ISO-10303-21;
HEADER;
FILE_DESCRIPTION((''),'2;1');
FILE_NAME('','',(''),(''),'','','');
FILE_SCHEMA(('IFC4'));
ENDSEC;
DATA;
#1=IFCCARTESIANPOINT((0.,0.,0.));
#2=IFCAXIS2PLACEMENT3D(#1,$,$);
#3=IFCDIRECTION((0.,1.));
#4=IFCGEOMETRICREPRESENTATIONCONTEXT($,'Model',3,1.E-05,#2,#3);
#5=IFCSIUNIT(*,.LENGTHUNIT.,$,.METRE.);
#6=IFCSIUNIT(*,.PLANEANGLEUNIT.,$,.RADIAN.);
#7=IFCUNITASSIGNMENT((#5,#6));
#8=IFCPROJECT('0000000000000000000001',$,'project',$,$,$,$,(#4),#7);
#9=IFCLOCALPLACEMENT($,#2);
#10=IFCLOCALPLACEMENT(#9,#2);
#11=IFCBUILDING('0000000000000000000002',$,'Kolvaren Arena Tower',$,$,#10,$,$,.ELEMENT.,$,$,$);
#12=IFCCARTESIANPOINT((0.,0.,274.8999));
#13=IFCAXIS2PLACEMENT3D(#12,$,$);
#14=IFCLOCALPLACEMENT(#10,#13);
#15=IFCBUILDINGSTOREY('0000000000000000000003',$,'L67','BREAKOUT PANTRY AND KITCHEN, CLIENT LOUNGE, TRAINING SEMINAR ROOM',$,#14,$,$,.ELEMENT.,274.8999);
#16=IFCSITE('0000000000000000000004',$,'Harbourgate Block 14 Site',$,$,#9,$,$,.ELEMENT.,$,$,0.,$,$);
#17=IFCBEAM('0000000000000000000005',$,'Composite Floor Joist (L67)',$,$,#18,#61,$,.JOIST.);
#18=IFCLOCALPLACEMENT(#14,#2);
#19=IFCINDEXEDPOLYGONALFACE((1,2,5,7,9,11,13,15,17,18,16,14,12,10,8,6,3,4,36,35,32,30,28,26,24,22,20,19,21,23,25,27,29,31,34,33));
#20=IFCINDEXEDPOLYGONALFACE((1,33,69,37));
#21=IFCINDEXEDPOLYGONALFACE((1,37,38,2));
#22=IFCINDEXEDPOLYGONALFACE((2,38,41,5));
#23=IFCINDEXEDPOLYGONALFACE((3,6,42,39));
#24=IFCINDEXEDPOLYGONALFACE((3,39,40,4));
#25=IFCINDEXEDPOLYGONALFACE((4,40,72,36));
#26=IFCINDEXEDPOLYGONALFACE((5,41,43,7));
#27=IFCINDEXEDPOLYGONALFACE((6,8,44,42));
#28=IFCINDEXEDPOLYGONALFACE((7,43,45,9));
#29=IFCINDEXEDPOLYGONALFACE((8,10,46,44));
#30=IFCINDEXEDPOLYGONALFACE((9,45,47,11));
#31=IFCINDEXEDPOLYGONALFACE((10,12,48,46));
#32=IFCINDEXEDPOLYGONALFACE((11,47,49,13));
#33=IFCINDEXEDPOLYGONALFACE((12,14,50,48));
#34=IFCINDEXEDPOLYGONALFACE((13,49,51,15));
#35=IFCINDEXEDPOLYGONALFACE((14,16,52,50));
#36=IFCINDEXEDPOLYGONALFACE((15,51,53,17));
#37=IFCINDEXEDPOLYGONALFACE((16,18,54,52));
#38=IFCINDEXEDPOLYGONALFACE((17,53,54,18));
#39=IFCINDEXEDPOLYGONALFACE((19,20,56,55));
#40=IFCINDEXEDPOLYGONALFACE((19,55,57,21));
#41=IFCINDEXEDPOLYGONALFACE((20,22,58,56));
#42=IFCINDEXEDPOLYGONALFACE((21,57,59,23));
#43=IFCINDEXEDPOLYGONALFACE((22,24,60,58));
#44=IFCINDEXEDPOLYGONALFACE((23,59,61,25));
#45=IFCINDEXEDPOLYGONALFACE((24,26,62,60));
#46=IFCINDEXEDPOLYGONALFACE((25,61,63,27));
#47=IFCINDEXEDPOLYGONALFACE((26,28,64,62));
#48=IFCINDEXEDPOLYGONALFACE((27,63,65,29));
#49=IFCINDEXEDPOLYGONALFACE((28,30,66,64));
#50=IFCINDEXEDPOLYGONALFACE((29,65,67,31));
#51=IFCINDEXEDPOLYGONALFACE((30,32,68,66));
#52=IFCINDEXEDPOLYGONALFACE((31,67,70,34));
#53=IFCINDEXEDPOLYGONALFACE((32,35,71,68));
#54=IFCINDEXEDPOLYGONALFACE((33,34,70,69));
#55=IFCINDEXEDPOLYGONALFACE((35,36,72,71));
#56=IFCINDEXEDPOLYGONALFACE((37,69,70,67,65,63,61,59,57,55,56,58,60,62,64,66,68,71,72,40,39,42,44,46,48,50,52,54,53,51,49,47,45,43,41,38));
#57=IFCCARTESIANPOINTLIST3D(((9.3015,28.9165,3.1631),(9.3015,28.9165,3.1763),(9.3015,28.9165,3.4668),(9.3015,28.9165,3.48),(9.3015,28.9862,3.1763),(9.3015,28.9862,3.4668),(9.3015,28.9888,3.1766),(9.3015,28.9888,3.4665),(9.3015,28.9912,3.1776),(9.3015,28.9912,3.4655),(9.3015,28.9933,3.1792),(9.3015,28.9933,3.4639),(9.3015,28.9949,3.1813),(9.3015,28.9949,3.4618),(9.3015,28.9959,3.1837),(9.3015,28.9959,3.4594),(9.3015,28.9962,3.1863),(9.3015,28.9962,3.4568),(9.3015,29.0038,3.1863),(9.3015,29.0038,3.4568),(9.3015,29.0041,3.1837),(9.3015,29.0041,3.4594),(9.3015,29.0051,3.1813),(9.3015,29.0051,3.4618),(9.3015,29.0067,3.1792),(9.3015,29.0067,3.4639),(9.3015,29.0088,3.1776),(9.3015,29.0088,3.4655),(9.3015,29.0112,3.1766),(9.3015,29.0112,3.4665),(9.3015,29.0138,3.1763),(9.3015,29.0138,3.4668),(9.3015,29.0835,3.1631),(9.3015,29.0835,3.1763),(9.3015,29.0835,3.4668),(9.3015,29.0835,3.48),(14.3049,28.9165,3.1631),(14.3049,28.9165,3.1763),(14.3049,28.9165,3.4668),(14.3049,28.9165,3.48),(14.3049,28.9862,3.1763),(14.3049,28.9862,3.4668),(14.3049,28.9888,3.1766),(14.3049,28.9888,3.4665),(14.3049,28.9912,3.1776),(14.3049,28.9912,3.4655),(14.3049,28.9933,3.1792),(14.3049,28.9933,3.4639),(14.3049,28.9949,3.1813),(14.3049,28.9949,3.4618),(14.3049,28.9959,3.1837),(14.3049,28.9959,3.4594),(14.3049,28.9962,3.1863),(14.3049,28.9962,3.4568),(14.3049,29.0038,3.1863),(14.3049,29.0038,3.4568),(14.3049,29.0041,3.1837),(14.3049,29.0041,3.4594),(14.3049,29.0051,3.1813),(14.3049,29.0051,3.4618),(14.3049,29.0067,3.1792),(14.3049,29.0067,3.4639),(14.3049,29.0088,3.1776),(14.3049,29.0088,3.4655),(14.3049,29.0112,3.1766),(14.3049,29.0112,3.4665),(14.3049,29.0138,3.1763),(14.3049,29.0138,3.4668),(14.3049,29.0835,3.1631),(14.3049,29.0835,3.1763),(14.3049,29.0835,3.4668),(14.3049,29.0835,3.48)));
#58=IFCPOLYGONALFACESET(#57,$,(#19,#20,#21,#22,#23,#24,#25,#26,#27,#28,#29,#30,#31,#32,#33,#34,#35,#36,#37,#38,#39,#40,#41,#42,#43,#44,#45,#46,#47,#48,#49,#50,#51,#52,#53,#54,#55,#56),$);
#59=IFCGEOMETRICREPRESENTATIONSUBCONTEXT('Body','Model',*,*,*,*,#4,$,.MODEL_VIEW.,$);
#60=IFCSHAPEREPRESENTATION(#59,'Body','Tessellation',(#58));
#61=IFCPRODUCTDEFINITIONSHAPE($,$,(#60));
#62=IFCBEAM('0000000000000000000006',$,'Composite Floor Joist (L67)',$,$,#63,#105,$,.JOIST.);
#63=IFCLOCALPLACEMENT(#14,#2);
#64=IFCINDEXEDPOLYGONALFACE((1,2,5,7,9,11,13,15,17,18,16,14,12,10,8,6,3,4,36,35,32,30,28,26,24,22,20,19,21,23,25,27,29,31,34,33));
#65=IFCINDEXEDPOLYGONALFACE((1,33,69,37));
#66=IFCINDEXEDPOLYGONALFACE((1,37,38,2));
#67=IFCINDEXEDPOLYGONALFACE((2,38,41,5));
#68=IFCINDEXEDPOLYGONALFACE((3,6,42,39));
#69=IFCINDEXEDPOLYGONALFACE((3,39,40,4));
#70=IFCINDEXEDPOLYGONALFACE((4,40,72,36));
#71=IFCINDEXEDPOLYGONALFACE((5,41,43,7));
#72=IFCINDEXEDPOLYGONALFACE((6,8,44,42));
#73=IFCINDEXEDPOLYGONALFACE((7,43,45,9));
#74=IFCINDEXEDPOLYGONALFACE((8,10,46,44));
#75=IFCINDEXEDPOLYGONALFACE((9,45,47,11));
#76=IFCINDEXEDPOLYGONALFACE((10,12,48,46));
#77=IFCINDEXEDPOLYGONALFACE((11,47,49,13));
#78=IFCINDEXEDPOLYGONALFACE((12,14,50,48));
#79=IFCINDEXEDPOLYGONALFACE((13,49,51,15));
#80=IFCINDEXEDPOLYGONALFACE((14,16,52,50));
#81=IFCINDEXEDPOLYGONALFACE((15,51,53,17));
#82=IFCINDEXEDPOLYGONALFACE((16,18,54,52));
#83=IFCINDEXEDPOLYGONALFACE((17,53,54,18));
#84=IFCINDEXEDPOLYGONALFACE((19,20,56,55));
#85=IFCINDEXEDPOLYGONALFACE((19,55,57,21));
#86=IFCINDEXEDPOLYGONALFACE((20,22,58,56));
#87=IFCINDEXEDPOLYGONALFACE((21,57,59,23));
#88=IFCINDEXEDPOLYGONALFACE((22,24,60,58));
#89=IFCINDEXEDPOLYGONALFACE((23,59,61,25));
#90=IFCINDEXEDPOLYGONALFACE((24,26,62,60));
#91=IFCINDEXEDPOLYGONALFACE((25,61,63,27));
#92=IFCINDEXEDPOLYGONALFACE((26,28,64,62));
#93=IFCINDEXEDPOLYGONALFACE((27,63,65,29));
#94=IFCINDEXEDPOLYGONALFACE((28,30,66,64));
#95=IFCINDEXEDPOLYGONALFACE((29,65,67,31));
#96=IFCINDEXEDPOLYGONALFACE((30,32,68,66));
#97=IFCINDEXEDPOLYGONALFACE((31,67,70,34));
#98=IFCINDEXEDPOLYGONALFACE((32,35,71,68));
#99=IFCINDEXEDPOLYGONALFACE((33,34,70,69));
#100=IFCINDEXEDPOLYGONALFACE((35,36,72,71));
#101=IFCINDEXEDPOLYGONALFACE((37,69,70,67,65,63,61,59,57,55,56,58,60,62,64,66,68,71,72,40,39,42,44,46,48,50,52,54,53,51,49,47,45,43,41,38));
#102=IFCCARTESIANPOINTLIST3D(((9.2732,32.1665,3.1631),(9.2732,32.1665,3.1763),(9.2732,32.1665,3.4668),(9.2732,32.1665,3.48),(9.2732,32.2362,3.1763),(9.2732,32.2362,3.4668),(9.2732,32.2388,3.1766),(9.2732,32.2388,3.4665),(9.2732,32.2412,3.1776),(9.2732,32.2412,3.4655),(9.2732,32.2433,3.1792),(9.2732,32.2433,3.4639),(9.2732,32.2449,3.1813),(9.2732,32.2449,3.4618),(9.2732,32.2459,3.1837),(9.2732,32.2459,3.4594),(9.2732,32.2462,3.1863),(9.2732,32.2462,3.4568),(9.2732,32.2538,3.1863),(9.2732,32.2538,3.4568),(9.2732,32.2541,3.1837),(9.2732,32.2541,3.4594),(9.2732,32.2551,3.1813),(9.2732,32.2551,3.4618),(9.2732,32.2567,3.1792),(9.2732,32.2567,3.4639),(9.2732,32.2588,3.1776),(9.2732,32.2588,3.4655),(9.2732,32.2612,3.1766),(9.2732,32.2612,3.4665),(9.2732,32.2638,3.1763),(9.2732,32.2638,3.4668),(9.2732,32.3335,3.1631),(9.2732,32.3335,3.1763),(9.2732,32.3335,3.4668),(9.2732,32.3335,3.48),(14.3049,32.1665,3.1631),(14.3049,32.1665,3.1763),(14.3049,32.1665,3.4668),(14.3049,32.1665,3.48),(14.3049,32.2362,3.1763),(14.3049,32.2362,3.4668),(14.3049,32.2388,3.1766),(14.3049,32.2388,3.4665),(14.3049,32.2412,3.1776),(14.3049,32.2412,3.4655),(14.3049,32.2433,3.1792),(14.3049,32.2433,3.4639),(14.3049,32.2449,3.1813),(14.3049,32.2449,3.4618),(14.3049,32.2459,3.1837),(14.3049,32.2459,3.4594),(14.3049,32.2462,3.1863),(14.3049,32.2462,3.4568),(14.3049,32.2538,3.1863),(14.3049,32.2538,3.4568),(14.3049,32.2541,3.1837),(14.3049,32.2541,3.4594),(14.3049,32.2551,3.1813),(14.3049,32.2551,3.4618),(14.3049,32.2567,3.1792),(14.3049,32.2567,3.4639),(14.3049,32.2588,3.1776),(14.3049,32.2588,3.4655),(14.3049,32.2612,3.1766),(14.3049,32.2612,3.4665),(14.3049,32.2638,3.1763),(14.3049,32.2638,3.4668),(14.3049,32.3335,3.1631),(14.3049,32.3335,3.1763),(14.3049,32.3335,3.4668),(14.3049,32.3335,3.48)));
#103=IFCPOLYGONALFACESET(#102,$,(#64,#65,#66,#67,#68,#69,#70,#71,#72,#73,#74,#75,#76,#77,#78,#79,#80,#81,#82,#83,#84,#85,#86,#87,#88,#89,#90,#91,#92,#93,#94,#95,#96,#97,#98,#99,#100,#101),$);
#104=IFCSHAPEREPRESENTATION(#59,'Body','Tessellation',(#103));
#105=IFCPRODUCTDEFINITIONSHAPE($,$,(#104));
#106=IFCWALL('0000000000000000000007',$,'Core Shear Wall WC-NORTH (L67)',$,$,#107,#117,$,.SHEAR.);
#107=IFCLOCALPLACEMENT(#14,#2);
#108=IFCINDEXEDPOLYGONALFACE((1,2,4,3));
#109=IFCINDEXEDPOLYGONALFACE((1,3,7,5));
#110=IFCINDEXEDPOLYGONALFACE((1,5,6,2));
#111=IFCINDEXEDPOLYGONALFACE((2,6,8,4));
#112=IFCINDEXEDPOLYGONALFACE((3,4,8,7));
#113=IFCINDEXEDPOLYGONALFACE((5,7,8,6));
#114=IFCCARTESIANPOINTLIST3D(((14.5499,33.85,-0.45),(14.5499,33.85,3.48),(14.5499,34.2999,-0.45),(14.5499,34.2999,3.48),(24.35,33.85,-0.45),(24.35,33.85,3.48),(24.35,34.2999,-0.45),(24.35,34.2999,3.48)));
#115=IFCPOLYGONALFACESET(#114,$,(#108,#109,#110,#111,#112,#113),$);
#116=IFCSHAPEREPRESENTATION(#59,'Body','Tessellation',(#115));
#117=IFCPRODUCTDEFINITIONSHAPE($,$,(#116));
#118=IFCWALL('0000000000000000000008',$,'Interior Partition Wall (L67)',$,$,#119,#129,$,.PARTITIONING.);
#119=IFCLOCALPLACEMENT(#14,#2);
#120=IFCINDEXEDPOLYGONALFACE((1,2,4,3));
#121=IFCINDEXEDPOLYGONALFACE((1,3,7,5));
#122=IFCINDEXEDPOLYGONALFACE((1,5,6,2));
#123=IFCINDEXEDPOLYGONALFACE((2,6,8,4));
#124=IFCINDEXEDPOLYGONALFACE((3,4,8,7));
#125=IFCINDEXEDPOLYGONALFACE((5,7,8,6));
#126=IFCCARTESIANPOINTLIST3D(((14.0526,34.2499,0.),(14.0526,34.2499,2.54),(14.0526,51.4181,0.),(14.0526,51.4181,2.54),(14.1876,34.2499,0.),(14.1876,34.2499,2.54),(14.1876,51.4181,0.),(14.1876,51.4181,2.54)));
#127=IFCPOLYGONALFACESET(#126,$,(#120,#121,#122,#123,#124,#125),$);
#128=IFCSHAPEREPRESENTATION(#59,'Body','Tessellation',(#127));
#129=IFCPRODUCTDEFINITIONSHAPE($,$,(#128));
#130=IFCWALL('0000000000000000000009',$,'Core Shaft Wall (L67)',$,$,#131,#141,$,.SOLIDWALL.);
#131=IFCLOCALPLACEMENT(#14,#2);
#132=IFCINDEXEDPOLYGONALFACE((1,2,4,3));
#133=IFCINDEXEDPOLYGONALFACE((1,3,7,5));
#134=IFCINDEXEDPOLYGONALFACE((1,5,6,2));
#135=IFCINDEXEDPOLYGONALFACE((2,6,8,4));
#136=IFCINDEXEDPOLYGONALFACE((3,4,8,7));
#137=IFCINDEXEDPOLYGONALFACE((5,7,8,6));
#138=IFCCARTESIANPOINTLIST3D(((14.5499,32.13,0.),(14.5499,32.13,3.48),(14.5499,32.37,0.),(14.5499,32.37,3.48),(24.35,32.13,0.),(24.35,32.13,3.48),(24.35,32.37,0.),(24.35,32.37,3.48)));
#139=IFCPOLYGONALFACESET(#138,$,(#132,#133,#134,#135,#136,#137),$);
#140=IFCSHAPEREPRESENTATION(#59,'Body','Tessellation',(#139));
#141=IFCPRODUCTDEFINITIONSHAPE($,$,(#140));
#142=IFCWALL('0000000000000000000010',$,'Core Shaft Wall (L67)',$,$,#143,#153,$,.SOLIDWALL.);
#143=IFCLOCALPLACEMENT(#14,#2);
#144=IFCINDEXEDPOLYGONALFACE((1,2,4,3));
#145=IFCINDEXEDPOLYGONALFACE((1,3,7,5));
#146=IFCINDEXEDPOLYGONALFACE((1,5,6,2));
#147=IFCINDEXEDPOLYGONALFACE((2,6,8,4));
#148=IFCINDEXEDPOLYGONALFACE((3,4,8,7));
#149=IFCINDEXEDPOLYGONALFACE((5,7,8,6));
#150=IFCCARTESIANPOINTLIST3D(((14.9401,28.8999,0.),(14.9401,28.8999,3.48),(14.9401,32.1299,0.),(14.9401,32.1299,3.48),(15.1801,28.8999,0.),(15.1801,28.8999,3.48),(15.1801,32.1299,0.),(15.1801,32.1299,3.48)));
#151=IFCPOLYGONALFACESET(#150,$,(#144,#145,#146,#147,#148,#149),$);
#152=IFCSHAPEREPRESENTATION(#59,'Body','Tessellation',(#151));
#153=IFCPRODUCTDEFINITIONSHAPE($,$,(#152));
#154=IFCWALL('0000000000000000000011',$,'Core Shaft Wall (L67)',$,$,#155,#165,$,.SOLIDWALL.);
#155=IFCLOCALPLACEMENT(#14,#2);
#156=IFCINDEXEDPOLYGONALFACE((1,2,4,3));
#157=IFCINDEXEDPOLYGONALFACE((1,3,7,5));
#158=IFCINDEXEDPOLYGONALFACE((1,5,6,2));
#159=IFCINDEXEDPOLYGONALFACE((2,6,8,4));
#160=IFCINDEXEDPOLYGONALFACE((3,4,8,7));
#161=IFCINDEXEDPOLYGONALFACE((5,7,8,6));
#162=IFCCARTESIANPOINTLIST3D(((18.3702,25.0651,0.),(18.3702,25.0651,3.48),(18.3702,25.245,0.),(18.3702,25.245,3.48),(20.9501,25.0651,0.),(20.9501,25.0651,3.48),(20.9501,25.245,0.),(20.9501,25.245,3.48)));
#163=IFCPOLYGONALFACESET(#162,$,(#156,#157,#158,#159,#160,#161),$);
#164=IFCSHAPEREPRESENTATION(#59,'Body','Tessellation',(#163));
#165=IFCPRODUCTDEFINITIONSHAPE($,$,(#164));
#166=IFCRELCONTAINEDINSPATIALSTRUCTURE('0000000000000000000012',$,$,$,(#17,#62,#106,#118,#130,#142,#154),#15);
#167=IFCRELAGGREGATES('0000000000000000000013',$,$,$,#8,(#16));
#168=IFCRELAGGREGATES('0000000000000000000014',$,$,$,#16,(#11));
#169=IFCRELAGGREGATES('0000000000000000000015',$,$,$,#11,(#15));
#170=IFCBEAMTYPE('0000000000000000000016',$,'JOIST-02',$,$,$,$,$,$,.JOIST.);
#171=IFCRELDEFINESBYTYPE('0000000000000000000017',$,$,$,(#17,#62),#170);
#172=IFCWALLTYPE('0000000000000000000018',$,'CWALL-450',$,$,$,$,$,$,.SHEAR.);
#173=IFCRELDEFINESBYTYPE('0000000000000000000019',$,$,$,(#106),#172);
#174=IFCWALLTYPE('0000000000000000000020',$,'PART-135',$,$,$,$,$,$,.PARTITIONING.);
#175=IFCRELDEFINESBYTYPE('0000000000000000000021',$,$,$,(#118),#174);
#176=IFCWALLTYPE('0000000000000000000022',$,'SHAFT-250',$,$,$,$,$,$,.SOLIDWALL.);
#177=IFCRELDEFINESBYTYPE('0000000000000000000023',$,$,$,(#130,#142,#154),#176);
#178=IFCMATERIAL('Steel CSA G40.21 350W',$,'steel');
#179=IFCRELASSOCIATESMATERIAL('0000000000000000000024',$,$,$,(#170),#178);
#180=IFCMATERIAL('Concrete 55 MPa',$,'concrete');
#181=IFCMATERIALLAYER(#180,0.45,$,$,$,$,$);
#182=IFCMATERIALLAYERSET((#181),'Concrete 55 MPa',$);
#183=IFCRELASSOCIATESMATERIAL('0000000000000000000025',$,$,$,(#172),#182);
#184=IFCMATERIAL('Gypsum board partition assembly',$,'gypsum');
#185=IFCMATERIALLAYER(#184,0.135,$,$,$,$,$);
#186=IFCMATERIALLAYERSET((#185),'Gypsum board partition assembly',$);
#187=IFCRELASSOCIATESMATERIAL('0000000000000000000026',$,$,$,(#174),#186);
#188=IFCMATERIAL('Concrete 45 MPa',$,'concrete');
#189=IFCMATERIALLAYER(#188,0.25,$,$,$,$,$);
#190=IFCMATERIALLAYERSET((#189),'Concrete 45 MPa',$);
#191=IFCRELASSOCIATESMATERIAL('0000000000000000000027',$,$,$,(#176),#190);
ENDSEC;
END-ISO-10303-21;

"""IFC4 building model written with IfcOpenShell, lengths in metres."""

from ifc_helpers import new_model, si_unit, direction, frame, frame_2d, origin, origin_2d, place, context, subcontext, project, spatial, rectangle, i_section, extrude, material, layer, layer_set, material_profile, profile_set, type_object, element, save


model = new_model("IFC4")

# Units and contexts
model_context = context("Model", 3, precision=1e-05, world=origin(), true_north=direction((0.0, 1.0)))
body_context = subcontext(model_context, "Body", "Model", "MODEL_VIEW")
ifc_project = project(units=[si_unit("LENGTHUNIT", "METRE"), si_unit("PLANEANGLEUNIT", "RADIAN")], contexts=[model_context])

# Site, building, storey
site_placement = place(None, origin())
site = spatial("IfcSite", under=ifc_project, at=site_placement, Name="Harbourgate Block 14 Site", CompositionType="ELEMENT", RefElevation=0.0)
building_placement = place(site_placement, origin())
building = spatial("IfcBuilding", under=site, at=building_placement, Name="Kolvaren Arena Tower", CompositionType="ELEMENT")
storey_placement = place(building_placement, frame((0.0, 0.0, 274.8999)))
storey = spatial("IfcBuildingStorey", under=building, at=storey_placement, Name="L67", Description="BREAKOUT PANTRY AND KITCHEN, CLIENT LOUNGE, TRAINING SEMINAR ROOM", CompositionType="ELEMENT", Elevation=274.8999)

# Beams
ifc_material_1 = material(Name="Steel CSA G40.21 350W", Category="steel")
ifc_material_profile_1 = material_profile(ifc_material_1, i_section(OverallWidth=0.167, OverallDepth=0.3169, WebThickness=0.0076, FlangeThickness=0.0132, FilletRadius=0.01, at=origin_2d()), Name="W310x52")
ifc_profile_set_1 = profile_set([ifc_material_profile_1], Name="Steel CSA G40.21 350W")
beam_type_1 = type_object("IfcBeamType", Name="JOIST-02", PredefinedType="JOIST", material=ifc_profile_set_1)
beam_1_placement = place(storey_placement, frame((9.3015, 29.0, 3.3215), z_axis=(1.0, 0.0, 0.0), x_axis=(0.0, 1.0, 0.0)))
element("IfcBeam", 1, at=beam_1_placement, inside=storey, type_object=beam_type_1, Name="Composite Floor Joist (L67)", PredefinedType="JOIST", context=body_context, shape_type="SweptSolid", body=[
    extrude(i_section(OverallWidth=0.167, OverallDepth=0.3169, WebThickness=0.0076, FlangeThickness=0.0132, FilletRadius=0.01, at=origin_2d()), origin(), (0.0, 0.0, 1.0), 5.0034),
])
beam_2_placement = place(storey_placement, frame((9.2732, 32.25, 3.3215), z_axis=(1.0, 0.0, 0.0), x_axis=(0.0, 1.0, 0.0)))
element("IfcBeam", 2, at=beam_2_placement, inside=storey, type_object=beam_type_1, Name="Composite Floor Joist (L67)", PredefinedType="JOIST", context=body_context, shape_type="SweptSolid", body=[
    extrude(i_section(OverallWidth=0.167, OverallDepth=0.3169, WebThickness=0.0076, FlangeThickness=0.0132, FilletRadius=0.01, at=origin_2d()), origin(), (0.0, 0.0, 1.0), 5.0317),
])

# Walls
ifc_material_2 = material(Name="Concrete 55 MPa", Category="concrete")
ifc_layer_1 = layer(ifc_material_2, 0.45)
ifc_layer_set_1 = layer_set([ifc_layer_1], Name="Concrete 55 MPa")
wall_type_1 = type_object("IfcWallType", Name="CWALL-450", PredefinedType="SHEAR", material=ifc_layer_set_1)
wall_1_placement = place(storey_placement, frame((14.55, 34.075, -0.45), z_axis=(0.0, 0.0, 1.0), x_axis=(1.0, 0.0, 0.0)))
element("IfcWall", 3, at=wall_1_placement, inside=storey, type_object=wall_type_1, Name="Core Shear Wall WC-NORTH (L67)", PredefinedType="SHEAR", context=body_context, shape_type="SweptSolid", body=[
    extrude(rectangle(XDim=9.8, YDim=0.45, at=frame_2d((4.8999, 0.0))), origin(), (0.0, 0.0, 1.0), 3.9299),
])
ifc_material_3 = material(Name="Gypsum board partition assembly", Category="gypsum")
ifc_layer_2 = layer(ifc_material_3, 0.135)
ifc_layer_set_2 = layer_set([ifc_layer_2], Name="Gypsum board partition assembly")
wall_type_2 = type_object("IfcWallType", Name="PART-135", PredefinedType="PARTITIONING", material=ifc_layer_set_2)
wall_2_placement = place(storey_placement, frame((14.1201, 34.25, 0.0), z_axis=(0.0, 0.0, 1.0), x_axis=(0.0, 1.0, 0.0)))
element("IfcWall", 4, at=wall_2_placement, inside=storey, type_object=wall_type_2, Name="Interior Partition Wall (L67)", PredefinedType="PARTITIONING", context=body_context, shape_type="SweptSolid", body=[
    extrude(rectangle(XDim=17.1682, YDim=0.135, at=frame_2d((8.584, 0.0))), origin(), (0.0, 0.0, 1.0), 2.54),
])
ifc_material_4 = material(Name="Concrete 45 MPa", Category="concrete")
ifc_layer_3 = layer(ifc_material_4, 0.25)
ifc_layer_set_3 = layer_set([ifc_layer_3], Name="Concrete 45 MPa")
wall_type_3 = type_object("IfcWallType", Name="SHAFT-250", PredefinedType="SOLIDWALL", material=ifc_layer_set_3)
wall_3_placement = place(storey_placement, frame((14.55, 32.25, 0.0), z_axis=(0.0, 0.0, 1.0), x_axis=(1.0, 0.0, 0.0)))
element("IfcWall", 5, at=wall_3_placement, inside=storey, type_object=wall_type_3, Name="Core Shaft Wall (L67)", PredefinedType="SOLIDWALL", context=body_context, shape_type="SweptSolid", body=[
    extrude(rectangle(XDim=9.8, YDim=0.24, at=frame_2d((4.8999, 0.0))), origin(), (0.0, 0.0, 1.0), 3.48),
])
wall_4_placement = place(storey_placement, frame((15.0601, 28.8999, 0.0), z_axis=(0.0, 0.0, 1.0), x_axis=(0.0, 1.0, 0.0)))
element("IfcWall", 6, at=wall_4_placement, inside=storey, type_object=wall_type_3, Name="Core Shaft Wall (L67)", PredefinedType="SOLIDWALL", context=body_context, shape_type="SweptSolid", body=[
    extrude(rectangle(XDim=3.23, YDim=0.24, at=frame_2d((1.615, 0.0))), origin(), (0.0, 0.0, 1.0), 3.48),
])
wall_5_placement = place(storey_placement, frame((18.3701, 25.155, 0.0), z_axis=(0.0, 0.0, 1.0), x_axis=(1.0, 0.0, 0.0)))
element("IfcWall", 7, at=wall_5_placement, inside=storey, type_object=wall_type_3, Name="Core Shaft Wall (L67)", PredefinedType="SOLIDWALL", context=body_context, shape_type="SweptSolid", body=[
    extrude(rectangle(XDim=2.5798, YDim=0.1799, at=frame_2d((1.29, 0.0))), origin(), (0.0, 0.0, 1.0), 3.48),
])

save(model, "model.ifc")
